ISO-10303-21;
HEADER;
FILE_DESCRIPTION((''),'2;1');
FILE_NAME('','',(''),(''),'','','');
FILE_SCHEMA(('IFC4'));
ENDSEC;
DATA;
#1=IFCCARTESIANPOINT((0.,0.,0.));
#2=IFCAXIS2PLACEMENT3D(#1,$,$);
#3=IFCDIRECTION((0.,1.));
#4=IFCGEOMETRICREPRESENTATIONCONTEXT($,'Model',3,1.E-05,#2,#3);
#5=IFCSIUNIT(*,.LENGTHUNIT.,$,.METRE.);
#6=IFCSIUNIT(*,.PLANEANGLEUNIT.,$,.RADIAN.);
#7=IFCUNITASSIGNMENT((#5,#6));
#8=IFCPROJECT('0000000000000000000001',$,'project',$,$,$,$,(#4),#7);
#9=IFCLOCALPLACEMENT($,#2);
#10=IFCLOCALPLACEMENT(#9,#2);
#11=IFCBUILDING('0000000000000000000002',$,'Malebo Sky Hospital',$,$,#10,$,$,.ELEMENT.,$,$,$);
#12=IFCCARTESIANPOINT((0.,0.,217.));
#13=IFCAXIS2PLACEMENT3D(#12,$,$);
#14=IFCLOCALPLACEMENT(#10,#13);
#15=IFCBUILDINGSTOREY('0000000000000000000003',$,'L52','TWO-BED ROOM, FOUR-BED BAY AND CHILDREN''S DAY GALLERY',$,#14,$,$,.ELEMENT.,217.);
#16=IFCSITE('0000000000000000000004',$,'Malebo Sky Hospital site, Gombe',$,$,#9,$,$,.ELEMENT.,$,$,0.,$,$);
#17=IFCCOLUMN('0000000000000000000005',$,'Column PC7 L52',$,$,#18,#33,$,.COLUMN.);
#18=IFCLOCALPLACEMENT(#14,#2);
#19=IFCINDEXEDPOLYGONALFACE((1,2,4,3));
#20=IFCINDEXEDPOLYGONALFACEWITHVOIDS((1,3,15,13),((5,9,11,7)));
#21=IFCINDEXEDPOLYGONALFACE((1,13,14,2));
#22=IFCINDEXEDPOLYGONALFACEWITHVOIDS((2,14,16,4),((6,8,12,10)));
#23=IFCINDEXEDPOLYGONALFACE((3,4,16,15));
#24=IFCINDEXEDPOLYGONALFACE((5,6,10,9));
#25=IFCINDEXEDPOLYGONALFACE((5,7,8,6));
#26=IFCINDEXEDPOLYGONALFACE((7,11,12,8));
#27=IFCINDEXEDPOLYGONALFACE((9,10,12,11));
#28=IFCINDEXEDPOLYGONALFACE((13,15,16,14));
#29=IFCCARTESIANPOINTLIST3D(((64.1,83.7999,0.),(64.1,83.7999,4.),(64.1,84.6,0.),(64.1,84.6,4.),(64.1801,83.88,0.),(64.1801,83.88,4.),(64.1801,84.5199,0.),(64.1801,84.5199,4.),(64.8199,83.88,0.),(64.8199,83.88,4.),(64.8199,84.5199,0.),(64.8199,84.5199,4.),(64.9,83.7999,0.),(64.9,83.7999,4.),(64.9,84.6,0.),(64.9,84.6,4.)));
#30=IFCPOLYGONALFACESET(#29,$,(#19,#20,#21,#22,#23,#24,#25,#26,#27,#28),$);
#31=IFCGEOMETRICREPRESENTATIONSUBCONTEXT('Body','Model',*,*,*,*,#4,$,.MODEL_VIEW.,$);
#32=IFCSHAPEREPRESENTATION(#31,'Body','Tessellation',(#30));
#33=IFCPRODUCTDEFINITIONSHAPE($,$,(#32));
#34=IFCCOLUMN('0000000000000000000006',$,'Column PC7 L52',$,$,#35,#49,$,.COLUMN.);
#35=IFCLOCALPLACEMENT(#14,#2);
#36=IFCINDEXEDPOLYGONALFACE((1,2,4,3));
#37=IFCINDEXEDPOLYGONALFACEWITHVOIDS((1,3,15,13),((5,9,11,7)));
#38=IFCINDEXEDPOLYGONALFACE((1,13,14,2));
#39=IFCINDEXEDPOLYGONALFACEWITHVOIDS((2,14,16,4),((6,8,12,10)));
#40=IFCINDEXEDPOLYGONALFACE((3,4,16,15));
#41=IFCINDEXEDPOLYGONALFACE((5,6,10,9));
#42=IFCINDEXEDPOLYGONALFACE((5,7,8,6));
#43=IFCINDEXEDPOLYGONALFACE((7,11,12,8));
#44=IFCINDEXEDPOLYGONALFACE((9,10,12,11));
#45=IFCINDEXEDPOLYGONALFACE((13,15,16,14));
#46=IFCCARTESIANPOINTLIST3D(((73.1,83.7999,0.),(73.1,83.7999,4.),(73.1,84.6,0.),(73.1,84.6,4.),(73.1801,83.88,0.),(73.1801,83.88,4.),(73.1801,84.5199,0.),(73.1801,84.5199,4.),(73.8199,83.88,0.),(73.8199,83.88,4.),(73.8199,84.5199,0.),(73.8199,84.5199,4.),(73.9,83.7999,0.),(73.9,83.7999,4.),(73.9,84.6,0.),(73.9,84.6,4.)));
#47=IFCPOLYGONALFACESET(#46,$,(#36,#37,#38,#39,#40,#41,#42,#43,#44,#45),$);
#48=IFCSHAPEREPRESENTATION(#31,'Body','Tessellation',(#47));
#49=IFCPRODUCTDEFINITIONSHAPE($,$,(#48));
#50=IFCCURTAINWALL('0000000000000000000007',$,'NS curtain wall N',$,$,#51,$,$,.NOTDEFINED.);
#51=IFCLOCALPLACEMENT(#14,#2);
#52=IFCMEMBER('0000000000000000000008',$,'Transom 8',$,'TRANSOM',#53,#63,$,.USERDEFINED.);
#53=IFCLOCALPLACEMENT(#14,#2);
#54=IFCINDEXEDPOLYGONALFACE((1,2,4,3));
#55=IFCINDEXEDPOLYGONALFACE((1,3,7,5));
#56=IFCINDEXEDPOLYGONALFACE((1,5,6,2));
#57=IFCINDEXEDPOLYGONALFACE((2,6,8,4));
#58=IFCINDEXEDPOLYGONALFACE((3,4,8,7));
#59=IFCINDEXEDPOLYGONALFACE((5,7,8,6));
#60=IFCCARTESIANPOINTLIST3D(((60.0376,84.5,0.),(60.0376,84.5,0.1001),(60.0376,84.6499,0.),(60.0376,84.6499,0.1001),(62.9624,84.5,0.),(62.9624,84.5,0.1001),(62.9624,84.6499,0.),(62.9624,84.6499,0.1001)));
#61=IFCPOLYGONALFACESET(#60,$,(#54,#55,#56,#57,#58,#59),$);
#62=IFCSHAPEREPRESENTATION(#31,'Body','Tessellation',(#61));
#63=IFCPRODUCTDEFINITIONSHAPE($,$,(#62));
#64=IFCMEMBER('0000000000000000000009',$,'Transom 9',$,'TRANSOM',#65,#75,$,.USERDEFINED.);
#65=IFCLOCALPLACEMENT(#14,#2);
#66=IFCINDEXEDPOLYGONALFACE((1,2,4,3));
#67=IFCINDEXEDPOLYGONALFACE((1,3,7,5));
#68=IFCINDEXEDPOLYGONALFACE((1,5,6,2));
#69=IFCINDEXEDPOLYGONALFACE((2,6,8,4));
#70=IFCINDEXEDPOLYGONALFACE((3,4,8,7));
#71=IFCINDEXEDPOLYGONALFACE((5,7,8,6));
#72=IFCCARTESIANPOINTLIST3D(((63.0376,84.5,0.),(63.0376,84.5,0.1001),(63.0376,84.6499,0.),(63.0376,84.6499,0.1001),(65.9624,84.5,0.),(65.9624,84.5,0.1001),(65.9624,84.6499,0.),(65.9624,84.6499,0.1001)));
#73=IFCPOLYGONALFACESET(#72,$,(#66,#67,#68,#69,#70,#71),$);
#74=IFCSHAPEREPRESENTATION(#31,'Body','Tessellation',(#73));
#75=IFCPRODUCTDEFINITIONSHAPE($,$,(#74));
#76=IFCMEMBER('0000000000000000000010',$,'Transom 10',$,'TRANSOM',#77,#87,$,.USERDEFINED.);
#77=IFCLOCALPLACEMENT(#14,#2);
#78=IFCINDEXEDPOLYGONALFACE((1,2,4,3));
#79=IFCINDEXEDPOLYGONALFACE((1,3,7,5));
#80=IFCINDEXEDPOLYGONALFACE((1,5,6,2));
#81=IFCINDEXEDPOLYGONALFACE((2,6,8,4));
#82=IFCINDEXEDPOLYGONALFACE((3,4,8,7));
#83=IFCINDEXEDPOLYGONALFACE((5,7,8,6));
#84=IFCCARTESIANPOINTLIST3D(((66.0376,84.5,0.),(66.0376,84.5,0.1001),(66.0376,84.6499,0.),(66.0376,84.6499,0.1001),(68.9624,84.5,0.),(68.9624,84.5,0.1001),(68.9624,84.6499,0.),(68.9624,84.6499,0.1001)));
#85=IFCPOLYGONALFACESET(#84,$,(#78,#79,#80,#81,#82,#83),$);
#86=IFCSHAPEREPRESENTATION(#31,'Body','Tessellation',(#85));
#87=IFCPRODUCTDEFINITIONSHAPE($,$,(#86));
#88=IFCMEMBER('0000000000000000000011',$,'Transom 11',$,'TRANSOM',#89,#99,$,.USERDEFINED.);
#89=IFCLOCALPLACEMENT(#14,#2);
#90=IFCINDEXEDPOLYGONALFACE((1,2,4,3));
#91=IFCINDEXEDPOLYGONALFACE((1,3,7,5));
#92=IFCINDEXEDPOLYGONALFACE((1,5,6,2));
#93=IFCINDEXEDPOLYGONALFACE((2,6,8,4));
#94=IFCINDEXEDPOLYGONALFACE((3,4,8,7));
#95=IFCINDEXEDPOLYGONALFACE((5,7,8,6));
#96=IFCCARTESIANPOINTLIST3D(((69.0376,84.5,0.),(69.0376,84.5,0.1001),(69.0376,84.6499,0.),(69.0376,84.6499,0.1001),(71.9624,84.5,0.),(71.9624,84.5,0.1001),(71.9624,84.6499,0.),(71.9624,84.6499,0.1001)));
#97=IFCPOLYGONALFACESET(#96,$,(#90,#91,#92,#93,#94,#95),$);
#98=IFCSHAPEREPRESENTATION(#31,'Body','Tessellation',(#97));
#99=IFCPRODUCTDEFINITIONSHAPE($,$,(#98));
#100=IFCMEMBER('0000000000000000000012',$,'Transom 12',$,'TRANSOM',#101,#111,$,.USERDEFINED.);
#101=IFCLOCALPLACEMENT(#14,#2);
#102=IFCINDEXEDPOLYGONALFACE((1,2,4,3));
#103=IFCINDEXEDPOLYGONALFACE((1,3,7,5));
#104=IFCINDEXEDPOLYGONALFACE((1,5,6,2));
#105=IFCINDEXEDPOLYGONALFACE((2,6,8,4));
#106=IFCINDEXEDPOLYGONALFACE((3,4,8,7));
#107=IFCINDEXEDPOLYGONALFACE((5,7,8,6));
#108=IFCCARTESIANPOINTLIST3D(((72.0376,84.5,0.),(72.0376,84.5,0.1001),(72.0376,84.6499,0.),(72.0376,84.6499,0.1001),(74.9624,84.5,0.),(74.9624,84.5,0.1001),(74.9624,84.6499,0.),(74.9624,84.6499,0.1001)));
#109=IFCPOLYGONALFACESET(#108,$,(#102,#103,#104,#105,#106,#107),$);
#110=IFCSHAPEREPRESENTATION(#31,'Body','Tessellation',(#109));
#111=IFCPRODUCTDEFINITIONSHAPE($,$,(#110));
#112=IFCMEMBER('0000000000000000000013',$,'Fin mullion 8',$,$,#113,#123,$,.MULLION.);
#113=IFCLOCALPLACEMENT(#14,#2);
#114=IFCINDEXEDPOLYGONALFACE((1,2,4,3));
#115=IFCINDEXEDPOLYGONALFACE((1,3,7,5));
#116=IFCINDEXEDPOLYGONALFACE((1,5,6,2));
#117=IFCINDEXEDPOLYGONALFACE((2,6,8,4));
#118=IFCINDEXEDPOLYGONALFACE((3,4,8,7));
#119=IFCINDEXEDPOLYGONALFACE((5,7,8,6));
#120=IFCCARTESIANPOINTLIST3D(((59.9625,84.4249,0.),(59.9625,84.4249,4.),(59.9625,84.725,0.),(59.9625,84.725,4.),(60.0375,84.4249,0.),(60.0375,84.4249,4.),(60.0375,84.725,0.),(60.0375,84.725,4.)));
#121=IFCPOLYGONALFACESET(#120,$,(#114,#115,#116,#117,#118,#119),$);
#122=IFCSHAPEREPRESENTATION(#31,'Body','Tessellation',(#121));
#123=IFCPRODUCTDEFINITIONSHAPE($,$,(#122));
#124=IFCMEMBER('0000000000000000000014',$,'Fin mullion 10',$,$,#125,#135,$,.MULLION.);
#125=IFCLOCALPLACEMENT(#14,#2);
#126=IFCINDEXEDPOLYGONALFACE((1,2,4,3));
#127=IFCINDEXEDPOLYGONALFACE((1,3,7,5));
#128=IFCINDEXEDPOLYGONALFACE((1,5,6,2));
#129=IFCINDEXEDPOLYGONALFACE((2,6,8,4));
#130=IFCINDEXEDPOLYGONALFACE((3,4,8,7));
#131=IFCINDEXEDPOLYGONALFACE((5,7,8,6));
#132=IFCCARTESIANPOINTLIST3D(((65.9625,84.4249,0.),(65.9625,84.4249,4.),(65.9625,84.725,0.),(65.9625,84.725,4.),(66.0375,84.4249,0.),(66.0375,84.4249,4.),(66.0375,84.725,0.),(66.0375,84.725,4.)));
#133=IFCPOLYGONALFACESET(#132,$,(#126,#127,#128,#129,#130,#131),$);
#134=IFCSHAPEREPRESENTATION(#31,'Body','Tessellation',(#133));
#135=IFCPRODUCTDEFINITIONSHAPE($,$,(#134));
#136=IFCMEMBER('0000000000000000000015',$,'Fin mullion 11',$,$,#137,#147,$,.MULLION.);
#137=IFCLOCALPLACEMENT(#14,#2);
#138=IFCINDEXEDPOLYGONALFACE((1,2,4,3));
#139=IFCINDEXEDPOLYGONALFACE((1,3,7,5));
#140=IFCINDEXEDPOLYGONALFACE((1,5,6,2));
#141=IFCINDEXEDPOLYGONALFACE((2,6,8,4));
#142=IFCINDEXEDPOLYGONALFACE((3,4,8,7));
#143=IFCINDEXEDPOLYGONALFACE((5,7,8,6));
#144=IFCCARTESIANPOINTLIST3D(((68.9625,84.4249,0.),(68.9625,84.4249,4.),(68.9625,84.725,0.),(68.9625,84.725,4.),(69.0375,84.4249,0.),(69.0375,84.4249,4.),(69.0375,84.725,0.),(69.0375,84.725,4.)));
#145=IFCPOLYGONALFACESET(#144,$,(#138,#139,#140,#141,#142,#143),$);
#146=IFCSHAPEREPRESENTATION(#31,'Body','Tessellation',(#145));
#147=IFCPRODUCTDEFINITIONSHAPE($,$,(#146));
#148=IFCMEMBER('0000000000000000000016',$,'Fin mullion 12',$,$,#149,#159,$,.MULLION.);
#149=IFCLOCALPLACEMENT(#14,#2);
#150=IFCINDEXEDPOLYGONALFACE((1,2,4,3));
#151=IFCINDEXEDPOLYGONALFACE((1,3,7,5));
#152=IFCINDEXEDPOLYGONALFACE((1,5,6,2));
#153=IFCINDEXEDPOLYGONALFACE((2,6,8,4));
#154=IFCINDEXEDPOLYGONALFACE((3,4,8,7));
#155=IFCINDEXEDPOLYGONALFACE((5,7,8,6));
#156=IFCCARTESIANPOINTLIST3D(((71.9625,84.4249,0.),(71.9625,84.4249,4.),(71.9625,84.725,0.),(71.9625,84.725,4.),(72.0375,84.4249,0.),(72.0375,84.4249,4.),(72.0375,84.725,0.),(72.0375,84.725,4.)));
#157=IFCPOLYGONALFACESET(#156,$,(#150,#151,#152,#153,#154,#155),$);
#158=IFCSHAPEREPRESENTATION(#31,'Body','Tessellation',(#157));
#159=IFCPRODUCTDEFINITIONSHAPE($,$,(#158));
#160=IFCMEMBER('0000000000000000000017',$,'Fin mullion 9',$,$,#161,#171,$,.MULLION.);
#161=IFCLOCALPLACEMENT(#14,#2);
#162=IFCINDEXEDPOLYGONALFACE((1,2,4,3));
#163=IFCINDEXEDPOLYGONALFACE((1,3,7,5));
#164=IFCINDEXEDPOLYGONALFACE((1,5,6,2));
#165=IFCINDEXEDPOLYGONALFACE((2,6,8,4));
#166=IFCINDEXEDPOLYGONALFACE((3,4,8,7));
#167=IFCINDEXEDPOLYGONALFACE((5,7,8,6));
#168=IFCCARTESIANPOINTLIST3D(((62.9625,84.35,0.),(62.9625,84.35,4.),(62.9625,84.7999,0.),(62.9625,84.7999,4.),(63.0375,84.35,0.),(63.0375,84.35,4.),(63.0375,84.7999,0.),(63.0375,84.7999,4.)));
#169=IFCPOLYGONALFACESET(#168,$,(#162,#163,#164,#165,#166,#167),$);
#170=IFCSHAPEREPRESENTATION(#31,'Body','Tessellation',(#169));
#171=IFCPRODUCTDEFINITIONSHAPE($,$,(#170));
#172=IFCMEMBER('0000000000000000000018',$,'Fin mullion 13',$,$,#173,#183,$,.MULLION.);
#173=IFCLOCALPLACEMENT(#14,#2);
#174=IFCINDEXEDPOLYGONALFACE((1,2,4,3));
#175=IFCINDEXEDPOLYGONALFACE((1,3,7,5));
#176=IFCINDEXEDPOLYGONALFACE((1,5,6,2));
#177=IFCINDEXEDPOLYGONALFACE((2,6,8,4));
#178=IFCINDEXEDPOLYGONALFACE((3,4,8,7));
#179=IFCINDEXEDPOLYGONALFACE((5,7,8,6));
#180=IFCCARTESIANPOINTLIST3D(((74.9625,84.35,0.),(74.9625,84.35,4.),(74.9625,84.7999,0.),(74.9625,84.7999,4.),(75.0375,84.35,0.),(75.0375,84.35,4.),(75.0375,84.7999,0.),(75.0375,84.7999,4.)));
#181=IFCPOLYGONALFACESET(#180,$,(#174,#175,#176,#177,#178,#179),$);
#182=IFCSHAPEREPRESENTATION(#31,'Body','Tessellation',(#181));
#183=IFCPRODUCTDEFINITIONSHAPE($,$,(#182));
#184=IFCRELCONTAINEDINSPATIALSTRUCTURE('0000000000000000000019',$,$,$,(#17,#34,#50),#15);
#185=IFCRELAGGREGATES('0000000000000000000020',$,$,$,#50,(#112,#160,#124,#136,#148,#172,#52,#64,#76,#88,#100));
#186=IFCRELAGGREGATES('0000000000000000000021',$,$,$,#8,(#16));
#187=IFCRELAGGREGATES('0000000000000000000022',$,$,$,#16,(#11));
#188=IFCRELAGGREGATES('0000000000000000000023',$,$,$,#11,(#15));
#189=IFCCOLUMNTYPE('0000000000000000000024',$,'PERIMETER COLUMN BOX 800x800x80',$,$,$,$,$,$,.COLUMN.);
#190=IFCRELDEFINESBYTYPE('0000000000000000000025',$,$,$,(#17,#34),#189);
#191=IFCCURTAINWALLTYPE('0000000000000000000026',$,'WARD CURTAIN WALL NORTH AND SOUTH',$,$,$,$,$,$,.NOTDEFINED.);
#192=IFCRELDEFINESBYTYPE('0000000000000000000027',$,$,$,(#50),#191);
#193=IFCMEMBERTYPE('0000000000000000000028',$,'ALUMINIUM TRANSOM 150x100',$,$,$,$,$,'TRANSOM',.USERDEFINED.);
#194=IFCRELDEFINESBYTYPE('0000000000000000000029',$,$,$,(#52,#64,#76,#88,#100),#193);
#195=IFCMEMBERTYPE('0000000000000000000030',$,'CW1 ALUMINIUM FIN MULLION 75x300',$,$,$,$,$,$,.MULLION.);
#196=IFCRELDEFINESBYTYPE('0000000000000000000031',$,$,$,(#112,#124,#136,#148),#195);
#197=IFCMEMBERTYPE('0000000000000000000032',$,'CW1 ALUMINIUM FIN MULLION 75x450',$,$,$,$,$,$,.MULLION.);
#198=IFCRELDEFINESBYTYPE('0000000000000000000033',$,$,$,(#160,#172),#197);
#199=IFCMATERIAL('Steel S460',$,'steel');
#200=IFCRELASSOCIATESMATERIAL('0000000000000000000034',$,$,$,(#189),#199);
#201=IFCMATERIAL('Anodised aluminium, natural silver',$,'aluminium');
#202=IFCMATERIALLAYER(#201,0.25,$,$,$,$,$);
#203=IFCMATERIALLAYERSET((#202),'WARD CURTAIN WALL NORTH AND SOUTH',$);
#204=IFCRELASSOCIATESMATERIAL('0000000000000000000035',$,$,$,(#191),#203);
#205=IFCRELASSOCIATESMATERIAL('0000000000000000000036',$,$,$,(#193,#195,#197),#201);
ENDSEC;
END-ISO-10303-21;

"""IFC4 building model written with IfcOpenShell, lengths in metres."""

from ifc_helpers import new_model, si_unit, direction, frame, origin, origin_2d, place, context, subcontext, project, spatial, rectangle, hollow_rectangle, extrude, material, layer, layer_set, material_profile, profile_set, type_object, element, aggregate, save


model = new_model("IFC4")

# Units and contexts
model_context = context("Model", 3, precision=1e-05, world=origin(), true_north=direction((0.0, 1.0)))
body_context = subcontext(model_context, "Body", "Model", "MODEL_VIEW")
ifc_project = project(units=[si_unit("LENGTHUNIT", "METRE"), si_unit("PLANEANGLEUNIT", "RADIAN")], contexts=[model_context])

# Site, building, storey
site_placement = place(None, origin())
site = spatial("IfcSite", under=ifc_project, at=site_placement, Name="Malebo Sky Hospital site, Gombe", CompositionType="ELEMENT", RefElevation=0.0)
building_placement = place(site_placement, origin())
building = spatial("IfcBuilding", under=site, at=building_placement, Name="Malebo Sky Hospital", CompositionType="ELEMENT")
storey_placement = place(building_placement, frame((0.0, 0.0, 217.0)))
storey = spatial("IfcBuildingStorey", under=building, at=storey_placement, Name="L52", Description="TWO-BED ROOM, FOUR-BED BAY AND CHILDREN'S DAY GALLERY", CompositionType="ELEMENT", Elevation=217.0)

# Columns
ifc_material_1 = material(Name="Steel S460", Category="steel")
ifc_material_profile_1 = material_profile(ifc_material_1, hollow_rectangle(XDim=0.8, YDim=0.8, WallThickness=0.0801, at=origin_2d()), Name="BOX 800x800x80")
ifc_profile_set_1 = profile_set([ifc_material_profile_1], Name="Steel S460")
column_type = type_object("IfcColumnType", Name="PERIMETER COLUMN BOX 800x800x80", PredefinedType="COLUMN", material=ifc_profile_set_1)
for number, where, z_axis, x_axis, name in (
    (1, (64.5, 84.2, 0.0), (0.0, 0.0, 1.0), (1.0, 0.0, 0.0), "Column PC7 L52"),
    (2, (73.5, 84.2, 0.0), (0.0, 0.0, 1.0), (1.0, 0.0, 0.0), "Column PC7 L52"),
):
    element("IfcColumn", number, at=place(storey_placement, frame(where, z_axis=z_axis, x_axis=x_axis)), inside=storey, type_object=column_type, Name=name, PredefinedType="COLUMN", context=body_context, shape_type="SweptSolid", body=[
        extrude(hollow_rectangle(XDim=0.8, YDim=0.8, WallThickness=0.0801, at=origin_2d()), origin(), (0.0, 0.0, 1.0), 4.0),
    ])

# Curtain wall, members
ifc_material_2 = material(Name="Anodised aluminium, natural silver", Category="aluminium")
ifc_layer_1 = layer(ifc_material_2, 0.25)
ifc_layer_set_1 = layer_set([ifc_layer_1], Name="WARD CURTAIN WALL NORTH AND SOUTH")
curtain_wall_type = type_object("IfcCurtainWallType", Name="WARD CURTAIN WALL NORTH AND SOUTH", PredefinedType="NOTDEFINED", material=ifc_layer_set_1)
curtain_wall_placement = place(storey_placement, origin())
curtain_wall = element("IfcCurtainWall", 3, at=curtain_wall_placement, inside=storey, type_object=curtain_wall_type, Name="NS curtain wall N", PredefinedType="NOTDEFINED")
ifc_material_profile_2 = material_profile(ifc_material_2, rectangle(XDim=0.1499, YDim=0.1001, at=origin_2d()), Name="ALUMINIUM TRANSOM 150x100")
ifc_profile_set_2 = profile_set([ifc_material_profile_2], Name="Anodised aluminium, natural silver")
member_type_1 = type_object("IfcMemberType", Name="ALUMINIUM TRANSOM 150x100", ElementType="TRANSOM", PredefinedType="USERDEFINED", material=ifc_profile_set_2)
member_1_placement = place(storey_placement, frame((60.0376, 84.575, 0.05), z_axis=(1.0, 0.0, 0.0), x_axis=(0.0, 1.0, 0.0)))
member_1 = element("IfcMember", 4, at=member_1_placement, type_object=member_type_1, Name="Transom 8", ObjectType="TRANSOM", PredefinedType="USERDEFINED", context=body_context, shape_type="SweptSolid", body=[
    extrude(rectangle(XDim=0.1499, YDim=0.1001, at=origin_2d()), origin(), (0.0, 0.0, 1.0), 2.9248),
])
member_2_placement = place(storey_placement, frame((63.0376, 84.575, 0.05), z_axis=(1.0, 0.0, 0.0), x_axis=(0.0, 1.0, 0.0)))
member_2 = element("IfcMember", 5, at=member_2_placement, type_object=member_type_1, Name="Transom 9", ObjectType="TRANSOM", PredefinedType="USERDEFINED", context=body_context, shape_type="SweptSolid", body=[
    extrude(rectangle(XDim=0.1499, YDim=0.1001, at=origin_2d()), origin(), (0.0, 0.0, 1.0), 2.9248),
])
member_3_placement = place(storey_placement, frame((66.0376, 84.575, 0.05), z_axis=(1.0, 0.0, 0.0), x_axis=(0.0, 1.0, 0.0)))
member_3 = element("IfcMember", 6, at=member_3_placement, type_object=member_type_1, Name="Transom 10", ObjectType="TRANSOM", PredefinedType="USERDEFINED", context=body_context, shape_type="SweptSolid", body=[
    extrude(rectangle(XDim=0.1499, YDim=0.1001, at=origin_2d()), origin(), (0.0, 0.0, 1.0), 2.9248),
])
member_4_placement = place(storey_placement, frame((69.0376, 84.575, 0.05), z_axis=(1.0, 0.0, 0.0), x_axis=(0.0, 1.0, 0.0)))
member_4 = element("IfcMember", 7, at=member_4_placement, type_object=member_type_1, Name="Transom 11", ObjectType="TRANSOM", PredefinedType="USERDEFINED", context=body_context, shape_type="SweptSolid", body=[
    extrude(rectangle(XDim=0.1499, YDim=0.1001, at=origin_2d()), origin(), (0.0, 0.0, 1.0), 2.9248),
])
member_5_placement = place(storey_placement, frame((72.0376, 84.575, 0.05), z_axis=(1.0, 0.0, 0.0), x_axis=(0.0, 1.0, 0.0)))
member_5 = element("IfcMember", 8, at=member_5_placement, type_object=member_type_1, Name="Transom 12", ObjectType="TRANSOM", PredefinedType="USERDEFINED", context=body_context, shape_type="SweptSolid", body=[
    extrude(rectangle(XDim=0.1499, YDim=0.1001, at=origin_2d()), origin(), (0.0, 0.0, 1.0), 2.9248),
])
ifc_material_profile_3 = material_profile(ifc_material_2, rectangle(XDim=0.075, YDim=0.3, at=origin_2d()), Name="CW1 ALUMINIUM FIN MULLION 75x300")
ifc_profile_set_3 = profile_set([ifc_material_profile_3], Name="Anodised aluminium, natural silver")
member_type_2 = type_object("IfcMemberType", Name="CW1 ALUMINIUM FIN MULLION 75x300", PredefinedType="MULLION", material=ifc_profile_set_3)
member_6_placement = place(storey_placement, frame((60.0, 84.575, 0.0), z_axis=(0.0, 0.0, 1.0), x_axis=(1.0, 0.0, 0.0)))
member_6 = element("IfcMember", 9, at=member_6_placement, type_object=member_type_2, Name="Fin mullion 8", PredefinedType="MULLION", context=body_context, shape_type="SweptSolid", body=[
    extrude(rectangle(XDim=0.075, YDim=0.3, at=origin_2d()), origin(), (0.0, 0.0, 1.0), 4.0),
])
member_7_placement = place(storey_placement, frame((66.0, 84.575, 0.0), z_axis=(0.0, 0.0, 1.0), x_axis=(1.0, 0.0, 0.0)))
member_7 = element("IfcMember", 10, at=member_7_placement, type_object=member_type_2, Name="Fin mullion 10", PredefinedType="MULLION", context=body_context, shape_type="SweptSolid", body=[
    extrude(rectangle(XDim=0.075, YDim=0.3, at=origin_2d()), origin(), (0.0, 0.0, 1.0), 4.0),
])
member_8_placement = place(storey_placement, frame((69.0, 84.575, 0.0), z_axis=(0.0, 0.0, 1.0), x_axis=(1.0, 0.0, 0.0)))
member_8 = element("IfcMember", 11, at=member_8_placement, type_object=member_type_2, Name="Fin mullion 11", PredefinedType="MULLION", context=body_context, shape_type="SweptSolid", body=[
    extrude(rectangle(XDim=0.075, YDim=0.3, at=origin_2d()), origin(), (0.0, 0.0, 1.0), 4.0),
])
member_9_placement = place(storey_placement, frame((72.0, 84.575, 0.0), z_axis=(0.0, 0.0, 1.0), x_axis=(1.0, 0.0, 0.0)))
member_9 = element("IfcMember", 12, at=member_9_placement, type_object=member_type_2, Name="Fin mullion 12", PredefinedType="MULLION", context=body_context, shape_type="SweptSolid", body=[
    extrude(rectangle(XDim=0.075, YDim=0.3, at=origin_2d()), origin(), (0.0, 0.0, 1.0), 4.0),
])
ifc_material_profile_4 = material_profile(ifc_material_2, rectangle(XDim=0.075, YDim=0.45, at=origin_2d()), Name="CW1 ALUMINIUM FIN MULLION 75x450")
ifc_profile_set_4 = profile_set([ifc_material_profile_4], Name="Anodised aluminium, natural silver")
member_type_3 = type_object("IfcMemberType", Name="CW1 ALUMINIUM FIN MULLION 75x450", PredefinedType="MULLION", material=ifc_profile_set_4)
member_10_placement = place(storey_placement, frame((63.0, 84.575, 0.0), z_axis=(0.0, 0.0, 1.0), x_axis=(1.0, 0.0, 0.0)))
member_10 = element("IfcMember", 13, at=member_10_placement, type_object=member_type_3, Name="Fin mullion 9", PredefinedType="MULLION", context=body_context, shape_type="SweptSolid", body=[
    extrude(rectangle(XDim=0.075, YDim=0.45, at=origin_2d()), origin(), (0.0, 0.0, 1.0), 4.0),
])
member_11_placement = place(storey_placement, frame((75.0, 84.575, 0.0), z_axis=(0.0, 0.0, 1.0), x_axis=(1.0, 0.0, 0.0)))
member_11 = element("IfcMember", 14, at=member_11_placement, type_object=member_type_3, Name="Fin mullion 13", PredefinedType="MULLION", context=body_context, shape_type="SweptSolid", body=[
    extrude(rectangle(XDim=0.075, YDim=0.45, at=origin_2d()), origin(), (0.0, 0.0, 1.0), 4.0),
])

aggregate(curtain_wall, [member_6, member_10, member_7, member_8, member_9, member_11, member_1, member_2, member_3, member_4, member_5])

save(model, "model.ifc")
